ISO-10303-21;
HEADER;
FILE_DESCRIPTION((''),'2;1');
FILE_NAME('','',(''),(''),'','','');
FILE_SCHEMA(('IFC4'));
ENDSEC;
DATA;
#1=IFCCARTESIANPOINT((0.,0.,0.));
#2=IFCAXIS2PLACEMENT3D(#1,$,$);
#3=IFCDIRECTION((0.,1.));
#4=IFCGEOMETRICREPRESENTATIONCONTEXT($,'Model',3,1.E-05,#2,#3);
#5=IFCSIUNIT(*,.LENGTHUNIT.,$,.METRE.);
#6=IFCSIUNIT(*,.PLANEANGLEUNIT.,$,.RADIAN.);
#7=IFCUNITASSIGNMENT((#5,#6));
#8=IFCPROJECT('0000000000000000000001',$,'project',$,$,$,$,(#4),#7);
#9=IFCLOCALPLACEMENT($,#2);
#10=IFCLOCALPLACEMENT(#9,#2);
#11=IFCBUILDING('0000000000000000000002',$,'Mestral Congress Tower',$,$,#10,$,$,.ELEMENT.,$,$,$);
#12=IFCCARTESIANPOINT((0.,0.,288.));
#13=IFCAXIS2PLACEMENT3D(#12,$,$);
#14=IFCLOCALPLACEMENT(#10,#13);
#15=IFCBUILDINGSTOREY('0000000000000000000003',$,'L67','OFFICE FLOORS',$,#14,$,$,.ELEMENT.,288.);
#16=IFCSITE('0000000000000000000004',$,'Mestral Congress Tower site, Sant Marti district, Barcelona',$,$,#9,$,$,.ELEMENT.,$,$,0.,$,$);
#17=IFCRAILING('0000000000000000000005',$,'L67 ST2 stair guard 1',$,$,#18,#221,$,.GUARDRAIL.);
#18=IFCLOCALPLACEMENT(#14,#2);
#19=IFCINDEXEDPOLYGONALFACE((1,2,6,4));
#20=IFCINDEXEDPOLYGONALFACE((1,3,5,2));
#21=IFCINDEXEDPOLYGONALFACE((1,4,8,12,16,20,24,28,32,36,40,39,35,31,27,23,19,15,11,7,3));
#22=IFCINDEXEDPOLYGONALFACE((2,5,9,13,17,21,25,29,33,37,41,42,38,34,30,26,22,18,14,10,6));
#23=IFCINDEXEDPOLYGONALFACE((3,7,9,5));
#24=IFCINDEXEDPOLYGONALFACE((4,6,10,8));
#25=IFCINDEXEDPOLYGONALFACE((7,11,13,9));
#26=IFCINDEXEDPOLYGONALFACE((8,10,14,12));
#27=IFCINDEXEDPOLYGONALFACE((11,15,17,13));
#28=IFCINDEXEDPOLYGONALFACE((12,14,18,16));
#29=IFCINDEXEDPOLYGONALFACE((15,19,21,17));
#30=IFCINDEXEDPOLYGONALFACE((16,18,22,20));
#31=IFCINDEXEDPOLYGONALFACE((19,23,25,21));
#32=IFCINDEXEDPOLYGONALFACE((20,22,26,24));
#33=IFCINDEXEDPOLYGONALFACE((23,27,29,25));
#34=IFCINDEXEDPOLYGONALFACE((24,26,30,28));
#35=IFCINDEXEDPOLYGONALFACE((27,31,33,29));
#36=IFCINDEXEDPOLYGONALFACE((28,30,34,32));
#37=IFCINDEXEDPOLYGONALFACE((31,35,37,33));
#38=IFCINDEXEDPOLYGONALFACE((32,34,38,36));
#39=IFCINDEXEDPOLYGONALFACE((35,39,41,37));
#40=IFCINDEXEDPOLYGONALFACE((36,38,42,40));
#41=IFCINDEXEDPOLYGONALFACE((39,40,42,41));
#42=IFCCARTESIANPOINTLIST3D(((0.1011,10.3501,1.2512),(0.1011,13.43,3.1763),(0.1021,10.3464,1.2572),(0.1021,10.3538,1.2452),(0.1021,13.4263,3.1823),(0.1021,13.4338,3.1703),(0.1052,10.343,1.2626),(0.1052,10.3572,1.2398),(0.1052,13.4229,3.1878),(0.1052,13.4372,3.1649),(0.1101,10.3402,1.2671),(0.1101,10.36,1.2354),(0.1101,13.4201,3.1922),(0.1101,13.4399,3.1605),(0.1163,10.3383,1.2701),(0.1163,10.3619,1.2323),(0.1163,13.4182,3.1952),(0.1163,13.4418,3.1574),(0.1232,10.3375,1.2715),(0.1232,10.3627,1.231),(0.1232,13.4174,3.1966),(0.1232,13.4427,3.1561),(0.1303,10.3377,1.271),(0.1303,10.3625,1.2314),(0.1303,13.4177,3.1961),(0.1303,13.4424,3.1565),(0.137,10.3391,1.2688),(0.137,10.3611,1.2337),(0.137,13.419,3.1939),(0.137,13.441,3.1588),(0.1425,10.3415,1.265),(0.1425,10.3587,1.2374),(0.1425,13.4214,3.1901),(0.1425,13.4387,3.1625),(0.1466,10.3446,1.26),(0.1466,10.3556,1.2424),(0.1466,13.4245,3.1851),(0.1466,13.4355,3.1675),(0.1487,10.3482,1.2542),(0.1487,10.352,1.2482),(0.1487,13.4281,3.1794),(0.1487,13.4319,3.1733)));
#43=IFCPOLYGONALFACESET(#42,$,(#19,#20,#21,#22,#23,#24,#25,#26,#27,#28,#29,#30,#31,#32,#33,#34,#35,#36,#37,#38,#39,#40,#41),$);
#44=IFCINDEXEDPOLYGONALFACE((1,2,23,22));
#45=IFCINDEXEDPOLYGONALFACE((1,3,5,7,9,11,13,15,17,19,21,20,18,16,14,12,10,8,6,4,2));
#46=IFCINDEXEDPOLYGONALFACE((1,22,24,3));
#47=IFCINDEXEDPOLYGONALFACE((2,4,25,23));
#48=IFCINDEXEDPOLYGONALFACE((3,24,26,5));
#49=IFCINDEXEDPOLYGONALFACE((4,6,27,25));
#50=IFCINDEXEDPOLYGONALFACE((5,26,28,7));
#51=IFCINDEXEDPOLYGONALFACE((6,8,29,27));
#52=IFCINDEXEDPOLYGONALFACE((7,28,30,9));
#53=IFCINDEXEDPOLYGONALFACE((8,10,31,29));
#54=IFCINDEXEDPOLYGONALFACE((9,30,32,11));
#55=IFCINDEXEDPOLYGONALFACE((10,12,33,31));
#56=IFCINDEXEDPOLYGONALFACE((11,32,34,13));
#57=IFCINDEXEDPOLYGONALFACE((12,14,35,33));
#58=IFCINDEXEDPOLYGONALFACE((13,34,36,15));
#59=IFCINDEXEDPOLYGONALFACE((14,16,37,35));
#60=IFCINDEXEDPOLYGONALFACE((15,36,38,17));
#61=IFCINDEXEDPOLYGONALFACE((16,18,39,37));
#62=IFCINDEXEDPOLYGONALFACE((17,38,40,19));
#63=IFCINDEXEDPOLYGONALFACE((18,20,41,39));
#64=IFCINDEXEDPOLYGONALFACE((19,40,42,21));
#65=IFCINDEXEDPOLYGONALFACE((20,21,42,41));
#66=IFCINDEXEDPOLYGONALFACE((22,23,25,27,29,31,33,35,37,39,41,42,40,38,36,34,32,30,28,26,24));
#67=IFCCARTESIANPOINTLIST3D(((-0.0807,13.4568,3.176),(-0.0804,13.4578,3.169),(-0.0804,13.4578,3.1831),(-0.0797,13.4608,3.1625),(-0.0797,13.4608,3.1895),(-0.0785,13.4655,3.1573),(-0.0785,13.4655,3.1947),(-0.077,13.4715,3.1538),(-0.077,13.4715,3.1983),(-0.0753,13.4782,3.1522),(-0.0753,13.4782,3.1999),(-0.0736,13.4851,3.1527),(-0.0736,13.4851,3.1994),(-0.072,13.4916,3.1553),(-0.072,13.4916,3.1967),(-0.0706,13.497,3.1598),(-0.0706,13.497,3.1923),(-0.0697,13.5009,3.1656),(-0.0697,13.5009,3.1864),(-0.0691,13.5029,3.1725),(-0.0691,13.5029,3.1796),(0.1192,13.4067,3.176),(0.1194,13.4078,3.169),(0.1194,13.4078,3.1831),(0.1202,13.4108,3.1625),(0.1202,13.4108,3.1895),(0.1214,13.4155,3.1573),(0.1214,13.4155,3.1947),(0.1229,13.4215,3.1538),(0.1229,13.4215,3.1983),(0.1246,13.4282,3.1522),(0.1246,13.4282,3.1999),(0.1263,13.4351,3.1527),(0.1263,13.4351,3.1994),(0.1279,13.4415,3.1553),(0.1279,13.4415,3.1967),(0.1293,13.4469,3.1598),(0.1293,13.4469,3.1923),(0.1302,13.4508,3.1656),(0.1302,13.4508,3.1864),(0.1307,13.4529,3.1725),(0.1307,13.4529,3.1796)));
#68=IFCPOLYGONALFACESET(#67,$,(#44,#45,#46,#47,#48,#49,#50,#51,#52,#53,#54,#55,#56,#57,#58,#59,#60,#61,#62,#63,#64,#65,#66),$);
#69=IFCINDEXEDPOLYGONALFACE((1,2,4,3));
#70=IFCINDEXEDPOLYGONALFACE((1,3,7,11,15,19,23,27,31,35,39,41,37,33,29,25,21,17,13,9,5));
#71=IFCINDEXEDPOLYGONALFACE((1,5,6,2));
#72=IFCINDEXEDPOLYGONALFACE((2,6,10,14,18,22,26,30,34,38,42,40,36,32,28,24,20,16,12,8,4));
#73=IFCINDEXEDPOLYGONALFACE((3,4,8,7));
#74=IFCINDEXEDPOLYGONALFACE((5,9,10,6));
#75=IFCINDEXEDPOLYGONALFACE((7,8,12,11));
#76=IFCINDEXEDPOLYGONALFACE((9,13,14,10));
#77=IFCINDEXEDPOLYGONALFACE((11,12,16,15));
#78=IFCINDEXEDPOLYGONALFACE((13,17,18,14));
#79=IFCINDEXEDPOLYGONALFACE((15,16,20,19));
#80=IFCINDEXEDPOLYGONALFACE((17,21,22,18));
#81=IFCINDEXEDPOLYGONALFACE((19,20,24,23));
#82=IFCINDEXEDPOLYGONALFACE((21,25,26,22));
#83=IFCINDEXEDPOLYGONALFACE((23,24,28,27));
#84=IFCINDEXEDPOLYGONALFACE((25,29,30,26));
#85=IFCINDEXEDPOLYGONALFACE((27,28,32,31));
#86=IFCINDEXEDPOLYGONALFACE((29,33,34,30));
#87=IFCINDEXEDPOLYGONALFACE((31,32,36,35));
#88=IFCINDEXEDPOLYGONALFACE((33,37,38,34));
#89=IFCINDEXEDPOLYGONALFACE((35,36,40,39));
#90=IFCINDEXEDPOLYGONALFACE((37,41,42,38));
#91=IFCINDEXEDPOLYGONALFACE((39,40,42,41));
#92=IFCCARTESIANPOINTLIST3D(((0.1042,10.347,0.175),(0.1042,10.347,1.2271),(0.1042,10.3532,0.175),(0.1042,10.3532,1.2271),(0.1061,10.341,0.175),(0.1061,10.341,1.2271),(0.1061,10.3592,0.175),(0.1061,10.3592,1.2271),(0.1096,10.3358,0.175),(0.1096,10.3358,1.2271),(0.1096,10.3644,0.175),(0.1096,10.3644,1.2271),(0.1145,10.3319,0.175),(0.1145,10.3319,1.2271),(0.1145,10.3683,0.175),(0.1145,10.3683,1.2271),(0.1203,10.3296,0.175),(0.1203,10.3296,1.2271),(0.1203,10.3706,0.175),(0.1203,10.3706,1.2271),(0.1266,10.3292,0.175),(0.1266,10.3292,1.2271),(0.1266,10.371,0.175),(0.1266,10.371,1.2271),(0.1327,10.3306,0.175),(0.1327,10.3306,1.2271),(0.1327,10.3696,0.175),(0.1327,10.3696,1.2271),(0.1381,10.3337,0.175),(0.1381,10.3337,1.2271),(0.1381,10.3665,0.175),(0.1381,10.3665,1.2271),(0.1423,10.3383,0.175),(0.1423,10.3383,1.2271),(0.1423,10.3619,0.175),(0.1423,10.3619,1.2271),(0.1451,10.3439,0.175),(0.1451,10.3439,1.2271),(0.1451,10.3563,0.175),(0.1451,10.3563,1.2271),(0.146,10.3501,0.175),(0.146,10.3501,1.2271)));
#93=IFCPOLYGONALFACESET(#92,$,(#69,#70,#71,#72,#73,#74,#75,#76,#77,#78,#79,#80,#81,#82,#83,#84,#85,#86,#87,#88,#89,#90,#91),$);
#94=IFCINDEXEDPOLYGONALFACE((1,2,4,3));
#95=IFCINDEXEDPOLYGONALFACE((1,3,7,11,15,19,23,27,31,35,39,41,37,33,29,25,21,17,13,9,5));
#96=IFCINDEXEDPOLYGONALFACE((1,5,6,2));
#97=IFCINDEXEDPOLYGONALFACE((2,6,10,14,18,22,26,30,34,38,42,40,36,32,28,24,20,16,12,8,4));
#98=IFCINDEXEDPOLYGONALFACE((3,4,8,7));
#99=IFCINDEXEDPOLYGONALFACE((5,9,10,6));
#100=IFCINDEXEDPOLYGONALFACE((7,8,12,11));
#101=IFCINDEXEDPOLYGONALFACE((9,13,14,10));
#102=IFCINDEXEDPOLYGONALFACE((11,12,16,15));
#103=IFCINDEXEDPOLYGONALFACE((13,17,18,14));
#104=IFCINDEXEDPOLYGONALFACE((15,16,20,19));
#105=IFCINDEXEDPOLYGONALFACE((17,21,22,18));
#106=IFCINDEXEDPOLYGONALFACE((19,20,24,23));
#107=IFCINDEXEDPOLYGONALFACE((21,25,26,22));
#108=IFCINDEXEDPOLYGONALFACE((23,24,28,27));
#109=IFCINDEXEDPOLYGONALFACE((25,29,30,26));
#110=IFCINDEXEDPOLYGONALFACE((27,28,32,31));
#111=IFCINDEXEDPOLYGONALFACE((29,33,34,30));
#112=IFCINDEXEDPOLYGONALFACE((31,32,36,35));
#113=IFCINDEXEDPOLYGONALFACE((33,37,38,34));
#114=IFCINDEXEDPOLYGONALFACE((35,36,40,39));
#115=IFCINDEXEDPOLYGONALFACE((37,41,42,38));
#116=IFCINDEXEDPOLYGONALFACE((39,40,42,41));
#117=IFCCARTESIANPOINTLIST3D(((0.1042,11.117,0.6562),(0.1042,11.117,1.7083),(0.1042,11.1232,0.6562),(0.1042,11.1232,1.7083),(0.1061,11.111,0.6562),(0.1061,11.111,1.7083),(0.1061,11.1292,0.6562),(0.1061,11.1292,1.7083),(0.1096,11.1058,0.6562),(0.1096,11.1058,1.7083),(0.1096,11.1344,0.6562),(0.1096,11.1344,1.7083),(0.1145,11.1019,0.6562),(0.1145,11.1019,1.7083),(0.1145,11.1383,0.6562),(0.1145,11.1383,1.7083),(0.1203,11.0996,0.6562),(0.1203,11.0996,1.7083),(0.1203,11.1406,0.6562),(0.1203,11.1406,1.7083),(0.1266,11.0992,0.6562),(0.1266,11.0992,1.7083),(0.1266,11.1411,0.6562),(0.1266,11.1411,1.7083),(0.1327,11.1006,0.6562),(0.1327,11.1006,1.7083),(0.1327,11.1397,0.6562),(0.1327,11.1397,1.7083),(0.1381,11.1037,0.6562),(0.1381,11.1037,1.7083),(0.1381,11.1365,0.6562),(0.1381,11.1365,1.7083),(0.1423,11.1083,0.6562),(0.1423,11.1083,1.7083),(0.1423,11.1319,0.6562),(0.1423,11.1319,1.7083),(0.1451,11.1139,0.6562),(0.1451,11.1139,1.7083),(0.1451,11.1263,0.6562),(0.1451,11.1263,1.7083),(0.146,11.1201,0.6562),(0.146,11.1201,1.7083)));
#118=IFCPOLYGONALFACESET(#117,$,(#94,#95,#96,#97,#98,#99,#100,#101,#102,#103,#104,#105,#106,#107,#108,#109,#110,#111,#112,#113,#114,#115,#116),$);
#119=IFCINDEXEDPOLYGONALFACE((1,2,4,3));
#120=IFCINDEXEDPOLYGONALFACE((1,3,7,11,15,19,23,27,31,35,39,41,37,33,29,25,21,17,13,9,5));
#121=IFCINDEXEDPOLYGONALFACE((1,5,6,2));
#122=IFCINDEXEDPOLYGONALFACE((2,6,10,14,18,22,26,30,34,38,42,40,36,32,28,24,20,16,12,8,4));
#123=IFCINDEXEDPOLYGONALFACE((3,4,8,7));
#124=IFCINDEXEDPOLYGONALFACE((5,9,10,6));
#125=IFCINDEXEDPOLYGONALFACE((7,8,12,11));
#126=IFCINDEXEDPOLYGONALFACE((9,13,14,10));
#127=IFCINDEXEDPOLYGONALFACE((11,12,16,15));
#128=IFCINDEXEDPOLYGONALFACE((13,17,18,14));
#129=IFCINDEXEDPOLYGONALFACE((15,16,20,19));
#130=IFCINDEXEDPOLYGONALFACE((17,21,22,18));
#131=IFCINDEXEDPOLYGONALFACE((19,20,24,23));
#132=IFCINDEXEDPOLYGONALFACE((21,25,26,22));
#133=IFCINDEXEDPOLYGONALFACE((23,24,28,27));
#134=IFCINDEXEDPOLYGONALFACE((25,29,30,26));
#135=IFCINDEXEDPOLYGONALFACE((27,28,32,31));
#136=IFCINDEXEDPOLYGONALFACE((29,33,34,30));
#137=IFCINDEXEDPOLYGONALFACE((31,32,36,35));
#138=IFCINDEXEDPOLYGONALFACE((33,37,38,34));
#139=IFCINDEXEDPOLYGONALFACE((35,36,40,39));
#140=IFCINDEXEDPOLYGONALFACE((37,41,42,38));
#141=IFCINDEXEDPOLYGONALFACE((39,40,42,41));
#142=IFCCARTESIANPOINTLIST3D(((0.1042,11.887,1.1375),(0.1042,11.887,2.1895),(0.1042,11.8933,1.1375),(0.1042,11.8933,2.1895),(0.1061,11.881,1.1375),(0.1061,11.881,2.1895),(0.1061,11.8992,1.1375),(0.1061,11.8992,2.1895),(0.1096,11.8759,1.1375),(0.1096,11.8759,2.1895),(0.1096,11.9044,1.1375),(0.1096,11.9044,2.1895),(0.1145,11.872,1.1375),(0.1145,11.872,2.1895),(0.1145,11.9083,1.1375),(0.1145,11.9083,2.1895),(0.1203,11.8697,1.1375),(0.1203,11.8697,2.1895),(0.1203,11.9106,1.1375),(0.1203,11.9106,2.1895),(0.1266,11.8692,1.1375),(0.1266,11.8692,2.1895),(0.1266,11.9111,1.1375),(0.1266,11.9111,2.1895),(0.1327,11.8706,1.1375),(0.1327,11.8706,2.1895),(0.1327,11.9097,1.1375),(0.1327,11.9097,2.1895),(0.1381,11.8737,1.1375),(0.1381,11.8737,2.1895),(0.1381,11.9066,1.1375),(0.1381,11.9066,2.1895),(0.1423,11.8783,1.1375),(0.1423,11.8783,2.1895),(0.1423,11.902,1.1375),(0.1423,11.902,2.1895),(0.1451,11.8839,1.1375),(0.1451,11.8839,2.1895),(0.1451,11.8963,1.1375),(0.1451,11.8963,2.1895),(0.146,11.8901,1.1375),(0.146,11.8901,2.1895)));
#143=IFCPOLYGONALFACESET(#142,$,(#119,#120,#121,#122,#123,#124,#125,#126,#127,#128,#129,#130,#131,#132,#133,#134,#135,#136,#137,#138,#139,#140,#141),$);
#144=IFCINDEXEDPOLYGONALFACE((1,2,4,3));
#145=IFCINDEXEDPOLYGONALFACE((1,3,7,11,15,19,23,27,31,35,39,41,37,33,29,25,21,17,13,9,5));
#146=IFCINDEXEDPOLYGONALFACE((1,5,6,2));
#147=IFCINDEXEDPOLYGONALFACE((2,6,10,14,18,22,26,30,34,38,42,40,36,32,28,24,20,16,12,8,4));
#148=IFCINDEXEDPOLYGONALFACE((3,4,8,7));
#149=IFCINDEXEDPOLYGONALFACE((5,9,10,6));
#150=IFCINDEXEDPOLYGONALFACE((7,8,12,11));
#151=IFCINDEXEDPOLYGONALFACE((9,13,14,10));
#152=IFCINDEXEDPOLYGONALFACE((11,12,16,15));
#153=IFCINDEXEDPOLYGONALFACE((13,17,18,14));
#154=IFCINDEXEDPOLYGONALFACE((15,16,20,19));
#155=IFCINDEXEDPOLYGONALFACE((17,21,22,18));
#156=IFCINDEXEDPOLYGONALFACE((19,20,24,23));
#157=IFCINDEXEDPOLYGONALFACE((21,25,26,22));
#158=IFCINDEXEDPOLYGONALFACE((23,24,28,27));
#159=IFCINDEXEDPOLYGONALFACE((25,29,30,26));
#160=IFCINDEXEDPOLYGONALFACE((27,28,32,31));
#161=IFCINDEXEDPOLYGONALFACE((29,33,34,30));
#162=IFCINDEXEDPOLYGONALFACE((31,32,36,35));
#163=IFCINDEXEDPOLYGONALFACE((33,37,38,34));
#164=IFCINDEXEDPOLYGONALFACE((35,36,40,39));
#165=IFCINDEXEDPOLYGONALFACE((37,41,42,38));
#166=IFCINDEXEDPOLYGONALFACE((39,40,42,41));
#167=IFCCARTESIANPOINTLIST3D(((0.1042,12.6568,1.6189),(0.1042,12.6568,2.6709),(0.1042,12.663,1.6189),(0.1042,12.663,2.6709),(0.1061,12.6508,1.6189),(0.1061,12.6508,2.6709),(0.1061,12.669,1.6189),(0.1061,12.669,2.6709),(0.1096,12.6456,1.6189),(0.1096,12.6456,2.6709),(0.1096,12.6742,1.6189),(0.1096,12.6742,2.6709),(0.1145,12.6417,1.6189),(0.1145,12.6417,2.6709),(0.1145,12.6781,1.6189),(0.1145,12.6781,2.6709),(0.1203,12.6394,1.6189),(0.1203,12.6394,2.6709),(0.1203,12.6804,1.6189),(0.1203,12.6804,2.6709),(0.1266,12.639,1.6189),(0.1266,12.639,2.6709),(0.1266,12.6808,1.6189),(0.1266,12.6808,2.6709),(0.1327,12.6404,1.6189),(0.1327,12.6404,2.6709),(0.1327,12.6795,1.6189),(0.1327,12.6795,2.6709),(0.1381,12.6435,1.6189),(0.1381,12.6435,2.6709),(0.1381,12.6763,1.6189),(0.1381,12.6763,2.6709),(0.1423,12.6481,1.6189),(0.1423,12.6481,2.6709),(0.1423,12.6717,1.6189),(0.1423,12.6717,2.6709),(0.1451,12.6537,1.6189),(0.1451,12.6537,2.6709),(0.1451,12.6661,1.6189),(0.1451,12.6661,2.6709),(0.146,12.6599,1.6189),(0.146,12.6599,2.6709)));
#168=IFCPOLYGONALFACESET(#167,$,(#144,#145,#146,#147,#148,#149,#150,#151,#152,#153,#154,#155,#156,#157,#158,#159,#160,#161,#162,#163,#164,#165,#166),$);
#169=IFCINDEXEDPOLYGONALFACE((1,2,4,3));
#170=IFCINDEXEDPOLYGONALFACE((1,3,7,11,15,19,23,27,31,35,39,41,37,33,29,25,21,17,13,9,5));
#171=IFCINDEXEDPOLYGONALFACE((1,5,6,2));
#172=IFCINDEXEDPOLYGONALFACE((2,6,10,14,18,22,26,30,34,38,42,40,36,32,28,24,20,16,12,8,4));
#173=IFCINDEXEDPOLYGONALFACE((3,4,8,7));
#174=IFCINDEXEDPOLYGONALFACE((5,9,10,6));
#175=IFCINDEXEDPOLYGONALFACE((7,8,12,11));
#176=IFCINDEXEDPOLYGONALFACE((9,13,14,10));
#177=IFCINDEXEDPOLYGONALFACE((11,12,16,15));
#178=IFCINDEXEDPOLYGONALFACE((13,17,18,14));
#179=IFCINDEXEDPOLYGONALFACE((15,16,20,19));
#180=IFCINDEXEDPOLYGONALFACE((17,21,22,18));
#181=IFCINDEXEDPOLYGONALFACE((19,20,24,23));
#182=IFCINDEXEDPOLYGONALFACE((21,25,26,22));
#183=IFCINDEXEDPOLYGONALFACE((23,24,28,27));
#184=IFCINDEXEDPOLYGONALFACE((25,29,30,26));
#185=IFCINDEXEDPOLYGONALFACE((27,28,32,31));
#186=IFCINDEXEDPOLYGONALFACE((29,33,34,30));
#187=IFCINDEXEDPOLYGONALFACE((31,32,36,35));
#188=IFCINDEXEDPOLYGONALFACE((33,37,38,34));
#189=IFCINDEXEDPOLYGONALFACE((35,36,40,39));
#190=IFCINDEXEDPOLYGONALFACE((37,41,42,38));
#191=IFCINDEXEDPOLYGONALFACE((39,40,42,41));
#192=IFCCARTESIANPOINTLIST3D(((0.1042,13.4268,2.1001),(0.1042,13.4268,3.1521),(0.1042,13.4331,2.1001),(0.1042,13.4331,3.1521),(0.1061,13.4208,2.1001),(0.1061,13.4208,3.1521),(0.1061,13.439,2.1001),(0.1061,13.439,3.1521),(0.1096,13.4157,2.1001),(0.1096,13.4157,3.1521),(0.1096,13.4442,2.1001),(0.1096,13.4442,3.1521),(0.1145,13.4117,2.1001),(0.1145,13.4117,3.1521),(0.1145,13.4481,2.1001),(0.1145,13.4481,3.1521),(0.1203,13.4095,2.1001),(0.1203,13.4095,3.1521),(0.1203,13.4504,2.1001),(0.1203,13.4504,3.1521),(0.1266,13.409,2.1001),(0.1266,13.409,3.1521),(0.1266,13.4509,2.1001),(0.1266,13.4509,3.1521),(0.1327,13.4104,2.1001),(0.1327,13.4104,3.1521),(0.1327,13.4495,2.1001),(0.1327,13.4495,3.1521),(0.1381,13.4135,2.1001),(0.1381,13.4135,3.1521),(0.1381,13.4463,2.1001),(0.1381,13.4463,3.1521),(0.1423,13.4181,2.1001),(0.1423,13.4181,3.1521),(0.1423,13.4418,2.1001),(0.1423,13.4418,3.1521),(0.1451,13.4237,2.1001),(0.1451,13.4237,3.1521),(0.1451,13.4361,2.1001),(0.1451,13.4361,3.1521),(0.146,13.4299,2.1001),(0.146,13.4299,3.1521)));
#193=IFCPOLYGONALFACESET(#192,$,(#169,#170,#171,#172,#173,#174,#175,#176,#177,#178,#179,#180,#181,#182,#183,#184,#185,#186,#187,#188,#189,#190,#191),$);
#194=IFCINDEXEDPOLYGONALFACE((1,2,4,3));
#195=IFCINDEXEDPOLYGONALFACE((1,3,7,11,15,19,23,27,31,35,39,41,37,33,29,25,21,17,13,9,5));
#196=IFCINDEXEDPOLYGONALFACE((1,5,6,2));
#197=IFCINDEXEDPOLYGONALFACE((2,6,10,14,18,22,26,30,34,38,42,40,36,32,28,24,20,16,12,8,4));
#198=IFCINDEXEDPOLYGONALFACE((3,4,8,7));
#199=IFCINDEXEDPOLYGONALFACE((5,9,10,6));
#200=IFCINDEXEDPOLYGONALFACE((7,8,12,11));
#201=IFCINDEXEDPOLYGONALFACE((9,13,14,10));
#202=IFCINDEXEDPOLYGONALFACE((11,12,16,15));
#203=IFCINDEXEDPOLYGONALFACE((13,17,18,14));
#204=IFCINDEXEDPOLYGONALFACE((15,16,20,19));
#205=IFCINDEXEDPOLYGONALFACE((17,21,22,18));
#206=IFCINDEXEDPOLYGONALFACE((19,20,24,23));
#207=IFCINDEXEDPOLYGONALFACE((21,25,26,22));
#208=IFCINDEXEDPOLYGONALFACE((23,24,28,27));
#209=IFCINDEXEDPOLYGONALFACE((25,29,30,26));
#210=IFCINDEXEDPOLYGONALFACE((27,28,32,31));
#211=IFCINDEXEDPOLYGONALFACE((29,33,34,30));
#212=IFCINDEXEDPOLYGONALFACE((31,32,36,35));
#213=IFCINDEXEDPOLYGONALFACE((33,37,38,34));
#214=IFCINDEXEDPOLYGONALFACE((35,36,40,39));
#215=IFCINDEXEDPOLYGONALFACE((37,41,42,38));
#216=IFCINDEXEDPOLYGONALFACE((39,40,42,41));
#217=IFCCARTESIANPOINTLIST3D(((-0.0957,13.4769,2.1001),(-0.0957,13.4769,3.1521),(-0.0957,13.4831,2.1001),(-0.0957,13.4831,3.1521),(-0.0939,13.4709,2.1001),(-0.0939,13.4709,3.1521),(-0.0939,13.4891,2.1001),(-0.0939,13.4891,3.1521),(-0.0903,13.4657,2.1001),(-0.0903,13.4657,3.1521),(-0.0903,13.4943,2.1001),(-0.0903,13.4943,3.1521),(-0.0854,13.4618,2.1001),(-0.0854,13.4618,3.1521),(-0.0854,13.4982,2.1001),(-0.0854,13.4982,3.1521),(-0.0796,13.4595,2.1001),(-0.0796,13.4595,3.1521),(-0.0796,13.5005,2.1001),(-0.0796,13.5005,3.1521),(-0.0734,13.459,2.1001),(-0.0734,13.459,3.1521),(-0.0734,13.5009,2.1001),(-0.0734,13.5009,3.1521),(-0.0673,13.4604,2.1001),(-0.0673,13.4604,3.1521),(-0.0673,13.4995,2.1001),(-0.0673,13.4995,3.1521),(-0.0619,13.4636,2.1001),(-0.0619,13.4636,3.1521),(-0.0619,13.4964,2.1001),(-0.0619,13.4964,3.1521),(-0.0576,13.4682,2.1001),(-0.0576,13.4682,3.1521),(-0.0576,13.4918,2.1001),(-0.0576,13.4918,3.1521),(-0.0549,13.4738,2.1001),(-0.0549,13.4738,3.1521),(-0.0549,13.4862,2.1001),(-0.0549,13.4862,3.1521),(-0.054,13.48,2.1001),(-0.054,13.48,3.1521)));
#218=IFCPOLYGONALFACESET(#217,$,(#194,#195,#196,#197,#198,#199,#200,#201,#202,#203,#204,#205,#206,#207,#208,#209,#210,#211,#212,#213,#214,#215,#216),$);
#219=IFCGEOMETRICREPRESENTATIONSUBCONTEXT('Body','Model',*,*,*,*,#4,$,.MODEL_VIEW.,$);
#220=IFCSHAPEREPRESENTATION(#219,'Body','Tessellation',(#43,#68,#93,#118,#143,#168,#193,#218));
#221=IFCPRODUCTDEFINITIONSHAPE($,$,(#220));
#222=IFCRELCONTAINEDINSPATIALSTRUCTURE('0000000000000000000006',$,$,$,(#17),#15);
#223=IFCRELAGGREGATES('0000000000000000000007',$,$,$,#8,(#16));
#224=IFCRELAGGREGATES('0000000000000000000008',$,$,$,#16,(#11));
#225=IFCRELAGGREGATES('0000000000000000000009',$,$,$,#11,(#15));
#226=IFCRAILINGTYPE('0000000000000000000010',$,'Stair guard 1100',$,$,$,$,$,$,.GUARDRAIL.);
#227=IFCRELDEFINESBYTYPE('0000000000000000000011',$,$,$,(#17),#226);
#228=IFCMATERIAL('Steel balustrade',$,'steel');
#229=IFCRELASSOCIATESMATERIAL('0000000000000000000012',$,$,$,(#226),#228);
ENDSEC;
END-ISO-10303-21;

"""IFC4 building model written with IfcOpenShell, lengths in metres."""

from ifc_helpers import new_model, si_unit, direction, frame, origin, origin_2d, place, context, subcontext, project, spatial, circle, extrude, material, type_object, element, save


model = new_model("IFC4")

# Units and contexts
model_context = context("Model", 3, precision=1e-05, world=origin(), true_north=direction((0.0, 1.0)))
body_context = subcontext(model_context, "Body", "Model", "MODEL_VIEW")
ifc_project = project(units=[si_unit("LENGTHUNIT", "METRE"), si_unit("PLANEANGLEUNIT", "RADIAN")], contexts=[model_context])

# Site, building, storey
site_placement = place(None, origin())
site = spatial("IfcSite", under=ifc_project, at=site_placement, Name="Mestral Congress Tower site, Sant Marti district, Barcelona", CompositionType="ELEMENT", RefElevation=0.0)
building_placement = place(site_placement, origin())
building = spatial("IfcBuilding", under=site, at=building_placement, Name="Mestral Congress Tower", CompositionType="ELEMENT")
storey_placement = place(building_placement, frame((0.0, 0.0, 288.0)))
storey = spatial("IfcBuildingStorey", under=building, at=storey_placement, Name="L67", Description="OFFICE FLOORS", CompositionType="ELEMENT", Elevation=288.0)

# Railing
ifc_material_1 = material(Name="Steel balustrade", Category="steel")
railing_type_1 = type_object("IfcRailingType", Name="Stair guard 1100", PredefinedType="GUARDRAIL", material=ifc_material_1)
railing_1_placement = place(storey_placement, frame((0.125, 10.3501, 0.175)))
element("IfcRailing", 1, at=railing_1_placement, inside=storey, type_object=railing_type_1, Name="L67 ST2 stair guard 1", PredefinedType="GUARDRAIL", context=body_context, shape_type="SweptSolid", body=[
    extrude(circle(Radius=0.0239, at=origin_2d()), frame((0.0, 0.0, 1.0762), z_axis=(0.0, 0.847979, 0.530029), x_axis=(-1.0, 0.0, 0.0)), (0.0, 0.0, 1.0), 3.6321),
    extrude(circle(Radius=0.0239, at=origin_2d()), frame((0.0, 3.0798, 3.001), z_axis=(-0.970073, 0.242814, 0.0), x_axis=(-0.242814, -0.970073, 0.0)), (0.0, 0.0, 1.0), 0.2061),
    extrude(circle(Radius=0.021, at=origin_2d()), origin(), (0.0, 0.0, 1.0), 1.052),
    extrude(circle(Radius=0.021, at=origin_2d()), frame((0.0, 0.77, 0.4812)), (0.0, 0.0, 1.0), 1.052),
    extrude(circle(Radius=0.021, at=origin_2d()), frame((0.0, 1.54, 0.9624)), (0.0, 0.0, 1.0), 1.052),
    extrude(circle(Radius=0.021, at=origin_2d()), frame((0.0, 2.3098, 1.4438)), (0.0, 0.0, 1.0), 1.052),
    extrude(circle(Radius=0.021, at=origin_2d()), frame((0.0, 3.0798, 1.925)), (0.0, 0.0, 1.0), 1.052),
    extrude(circle(Radius=0.021, at=origin_2d()), frame((-0.2, 3.1299, 1.925)), (0.0, 0.0, 1.0), 1.052),
])

save(model, "model.ifc")
